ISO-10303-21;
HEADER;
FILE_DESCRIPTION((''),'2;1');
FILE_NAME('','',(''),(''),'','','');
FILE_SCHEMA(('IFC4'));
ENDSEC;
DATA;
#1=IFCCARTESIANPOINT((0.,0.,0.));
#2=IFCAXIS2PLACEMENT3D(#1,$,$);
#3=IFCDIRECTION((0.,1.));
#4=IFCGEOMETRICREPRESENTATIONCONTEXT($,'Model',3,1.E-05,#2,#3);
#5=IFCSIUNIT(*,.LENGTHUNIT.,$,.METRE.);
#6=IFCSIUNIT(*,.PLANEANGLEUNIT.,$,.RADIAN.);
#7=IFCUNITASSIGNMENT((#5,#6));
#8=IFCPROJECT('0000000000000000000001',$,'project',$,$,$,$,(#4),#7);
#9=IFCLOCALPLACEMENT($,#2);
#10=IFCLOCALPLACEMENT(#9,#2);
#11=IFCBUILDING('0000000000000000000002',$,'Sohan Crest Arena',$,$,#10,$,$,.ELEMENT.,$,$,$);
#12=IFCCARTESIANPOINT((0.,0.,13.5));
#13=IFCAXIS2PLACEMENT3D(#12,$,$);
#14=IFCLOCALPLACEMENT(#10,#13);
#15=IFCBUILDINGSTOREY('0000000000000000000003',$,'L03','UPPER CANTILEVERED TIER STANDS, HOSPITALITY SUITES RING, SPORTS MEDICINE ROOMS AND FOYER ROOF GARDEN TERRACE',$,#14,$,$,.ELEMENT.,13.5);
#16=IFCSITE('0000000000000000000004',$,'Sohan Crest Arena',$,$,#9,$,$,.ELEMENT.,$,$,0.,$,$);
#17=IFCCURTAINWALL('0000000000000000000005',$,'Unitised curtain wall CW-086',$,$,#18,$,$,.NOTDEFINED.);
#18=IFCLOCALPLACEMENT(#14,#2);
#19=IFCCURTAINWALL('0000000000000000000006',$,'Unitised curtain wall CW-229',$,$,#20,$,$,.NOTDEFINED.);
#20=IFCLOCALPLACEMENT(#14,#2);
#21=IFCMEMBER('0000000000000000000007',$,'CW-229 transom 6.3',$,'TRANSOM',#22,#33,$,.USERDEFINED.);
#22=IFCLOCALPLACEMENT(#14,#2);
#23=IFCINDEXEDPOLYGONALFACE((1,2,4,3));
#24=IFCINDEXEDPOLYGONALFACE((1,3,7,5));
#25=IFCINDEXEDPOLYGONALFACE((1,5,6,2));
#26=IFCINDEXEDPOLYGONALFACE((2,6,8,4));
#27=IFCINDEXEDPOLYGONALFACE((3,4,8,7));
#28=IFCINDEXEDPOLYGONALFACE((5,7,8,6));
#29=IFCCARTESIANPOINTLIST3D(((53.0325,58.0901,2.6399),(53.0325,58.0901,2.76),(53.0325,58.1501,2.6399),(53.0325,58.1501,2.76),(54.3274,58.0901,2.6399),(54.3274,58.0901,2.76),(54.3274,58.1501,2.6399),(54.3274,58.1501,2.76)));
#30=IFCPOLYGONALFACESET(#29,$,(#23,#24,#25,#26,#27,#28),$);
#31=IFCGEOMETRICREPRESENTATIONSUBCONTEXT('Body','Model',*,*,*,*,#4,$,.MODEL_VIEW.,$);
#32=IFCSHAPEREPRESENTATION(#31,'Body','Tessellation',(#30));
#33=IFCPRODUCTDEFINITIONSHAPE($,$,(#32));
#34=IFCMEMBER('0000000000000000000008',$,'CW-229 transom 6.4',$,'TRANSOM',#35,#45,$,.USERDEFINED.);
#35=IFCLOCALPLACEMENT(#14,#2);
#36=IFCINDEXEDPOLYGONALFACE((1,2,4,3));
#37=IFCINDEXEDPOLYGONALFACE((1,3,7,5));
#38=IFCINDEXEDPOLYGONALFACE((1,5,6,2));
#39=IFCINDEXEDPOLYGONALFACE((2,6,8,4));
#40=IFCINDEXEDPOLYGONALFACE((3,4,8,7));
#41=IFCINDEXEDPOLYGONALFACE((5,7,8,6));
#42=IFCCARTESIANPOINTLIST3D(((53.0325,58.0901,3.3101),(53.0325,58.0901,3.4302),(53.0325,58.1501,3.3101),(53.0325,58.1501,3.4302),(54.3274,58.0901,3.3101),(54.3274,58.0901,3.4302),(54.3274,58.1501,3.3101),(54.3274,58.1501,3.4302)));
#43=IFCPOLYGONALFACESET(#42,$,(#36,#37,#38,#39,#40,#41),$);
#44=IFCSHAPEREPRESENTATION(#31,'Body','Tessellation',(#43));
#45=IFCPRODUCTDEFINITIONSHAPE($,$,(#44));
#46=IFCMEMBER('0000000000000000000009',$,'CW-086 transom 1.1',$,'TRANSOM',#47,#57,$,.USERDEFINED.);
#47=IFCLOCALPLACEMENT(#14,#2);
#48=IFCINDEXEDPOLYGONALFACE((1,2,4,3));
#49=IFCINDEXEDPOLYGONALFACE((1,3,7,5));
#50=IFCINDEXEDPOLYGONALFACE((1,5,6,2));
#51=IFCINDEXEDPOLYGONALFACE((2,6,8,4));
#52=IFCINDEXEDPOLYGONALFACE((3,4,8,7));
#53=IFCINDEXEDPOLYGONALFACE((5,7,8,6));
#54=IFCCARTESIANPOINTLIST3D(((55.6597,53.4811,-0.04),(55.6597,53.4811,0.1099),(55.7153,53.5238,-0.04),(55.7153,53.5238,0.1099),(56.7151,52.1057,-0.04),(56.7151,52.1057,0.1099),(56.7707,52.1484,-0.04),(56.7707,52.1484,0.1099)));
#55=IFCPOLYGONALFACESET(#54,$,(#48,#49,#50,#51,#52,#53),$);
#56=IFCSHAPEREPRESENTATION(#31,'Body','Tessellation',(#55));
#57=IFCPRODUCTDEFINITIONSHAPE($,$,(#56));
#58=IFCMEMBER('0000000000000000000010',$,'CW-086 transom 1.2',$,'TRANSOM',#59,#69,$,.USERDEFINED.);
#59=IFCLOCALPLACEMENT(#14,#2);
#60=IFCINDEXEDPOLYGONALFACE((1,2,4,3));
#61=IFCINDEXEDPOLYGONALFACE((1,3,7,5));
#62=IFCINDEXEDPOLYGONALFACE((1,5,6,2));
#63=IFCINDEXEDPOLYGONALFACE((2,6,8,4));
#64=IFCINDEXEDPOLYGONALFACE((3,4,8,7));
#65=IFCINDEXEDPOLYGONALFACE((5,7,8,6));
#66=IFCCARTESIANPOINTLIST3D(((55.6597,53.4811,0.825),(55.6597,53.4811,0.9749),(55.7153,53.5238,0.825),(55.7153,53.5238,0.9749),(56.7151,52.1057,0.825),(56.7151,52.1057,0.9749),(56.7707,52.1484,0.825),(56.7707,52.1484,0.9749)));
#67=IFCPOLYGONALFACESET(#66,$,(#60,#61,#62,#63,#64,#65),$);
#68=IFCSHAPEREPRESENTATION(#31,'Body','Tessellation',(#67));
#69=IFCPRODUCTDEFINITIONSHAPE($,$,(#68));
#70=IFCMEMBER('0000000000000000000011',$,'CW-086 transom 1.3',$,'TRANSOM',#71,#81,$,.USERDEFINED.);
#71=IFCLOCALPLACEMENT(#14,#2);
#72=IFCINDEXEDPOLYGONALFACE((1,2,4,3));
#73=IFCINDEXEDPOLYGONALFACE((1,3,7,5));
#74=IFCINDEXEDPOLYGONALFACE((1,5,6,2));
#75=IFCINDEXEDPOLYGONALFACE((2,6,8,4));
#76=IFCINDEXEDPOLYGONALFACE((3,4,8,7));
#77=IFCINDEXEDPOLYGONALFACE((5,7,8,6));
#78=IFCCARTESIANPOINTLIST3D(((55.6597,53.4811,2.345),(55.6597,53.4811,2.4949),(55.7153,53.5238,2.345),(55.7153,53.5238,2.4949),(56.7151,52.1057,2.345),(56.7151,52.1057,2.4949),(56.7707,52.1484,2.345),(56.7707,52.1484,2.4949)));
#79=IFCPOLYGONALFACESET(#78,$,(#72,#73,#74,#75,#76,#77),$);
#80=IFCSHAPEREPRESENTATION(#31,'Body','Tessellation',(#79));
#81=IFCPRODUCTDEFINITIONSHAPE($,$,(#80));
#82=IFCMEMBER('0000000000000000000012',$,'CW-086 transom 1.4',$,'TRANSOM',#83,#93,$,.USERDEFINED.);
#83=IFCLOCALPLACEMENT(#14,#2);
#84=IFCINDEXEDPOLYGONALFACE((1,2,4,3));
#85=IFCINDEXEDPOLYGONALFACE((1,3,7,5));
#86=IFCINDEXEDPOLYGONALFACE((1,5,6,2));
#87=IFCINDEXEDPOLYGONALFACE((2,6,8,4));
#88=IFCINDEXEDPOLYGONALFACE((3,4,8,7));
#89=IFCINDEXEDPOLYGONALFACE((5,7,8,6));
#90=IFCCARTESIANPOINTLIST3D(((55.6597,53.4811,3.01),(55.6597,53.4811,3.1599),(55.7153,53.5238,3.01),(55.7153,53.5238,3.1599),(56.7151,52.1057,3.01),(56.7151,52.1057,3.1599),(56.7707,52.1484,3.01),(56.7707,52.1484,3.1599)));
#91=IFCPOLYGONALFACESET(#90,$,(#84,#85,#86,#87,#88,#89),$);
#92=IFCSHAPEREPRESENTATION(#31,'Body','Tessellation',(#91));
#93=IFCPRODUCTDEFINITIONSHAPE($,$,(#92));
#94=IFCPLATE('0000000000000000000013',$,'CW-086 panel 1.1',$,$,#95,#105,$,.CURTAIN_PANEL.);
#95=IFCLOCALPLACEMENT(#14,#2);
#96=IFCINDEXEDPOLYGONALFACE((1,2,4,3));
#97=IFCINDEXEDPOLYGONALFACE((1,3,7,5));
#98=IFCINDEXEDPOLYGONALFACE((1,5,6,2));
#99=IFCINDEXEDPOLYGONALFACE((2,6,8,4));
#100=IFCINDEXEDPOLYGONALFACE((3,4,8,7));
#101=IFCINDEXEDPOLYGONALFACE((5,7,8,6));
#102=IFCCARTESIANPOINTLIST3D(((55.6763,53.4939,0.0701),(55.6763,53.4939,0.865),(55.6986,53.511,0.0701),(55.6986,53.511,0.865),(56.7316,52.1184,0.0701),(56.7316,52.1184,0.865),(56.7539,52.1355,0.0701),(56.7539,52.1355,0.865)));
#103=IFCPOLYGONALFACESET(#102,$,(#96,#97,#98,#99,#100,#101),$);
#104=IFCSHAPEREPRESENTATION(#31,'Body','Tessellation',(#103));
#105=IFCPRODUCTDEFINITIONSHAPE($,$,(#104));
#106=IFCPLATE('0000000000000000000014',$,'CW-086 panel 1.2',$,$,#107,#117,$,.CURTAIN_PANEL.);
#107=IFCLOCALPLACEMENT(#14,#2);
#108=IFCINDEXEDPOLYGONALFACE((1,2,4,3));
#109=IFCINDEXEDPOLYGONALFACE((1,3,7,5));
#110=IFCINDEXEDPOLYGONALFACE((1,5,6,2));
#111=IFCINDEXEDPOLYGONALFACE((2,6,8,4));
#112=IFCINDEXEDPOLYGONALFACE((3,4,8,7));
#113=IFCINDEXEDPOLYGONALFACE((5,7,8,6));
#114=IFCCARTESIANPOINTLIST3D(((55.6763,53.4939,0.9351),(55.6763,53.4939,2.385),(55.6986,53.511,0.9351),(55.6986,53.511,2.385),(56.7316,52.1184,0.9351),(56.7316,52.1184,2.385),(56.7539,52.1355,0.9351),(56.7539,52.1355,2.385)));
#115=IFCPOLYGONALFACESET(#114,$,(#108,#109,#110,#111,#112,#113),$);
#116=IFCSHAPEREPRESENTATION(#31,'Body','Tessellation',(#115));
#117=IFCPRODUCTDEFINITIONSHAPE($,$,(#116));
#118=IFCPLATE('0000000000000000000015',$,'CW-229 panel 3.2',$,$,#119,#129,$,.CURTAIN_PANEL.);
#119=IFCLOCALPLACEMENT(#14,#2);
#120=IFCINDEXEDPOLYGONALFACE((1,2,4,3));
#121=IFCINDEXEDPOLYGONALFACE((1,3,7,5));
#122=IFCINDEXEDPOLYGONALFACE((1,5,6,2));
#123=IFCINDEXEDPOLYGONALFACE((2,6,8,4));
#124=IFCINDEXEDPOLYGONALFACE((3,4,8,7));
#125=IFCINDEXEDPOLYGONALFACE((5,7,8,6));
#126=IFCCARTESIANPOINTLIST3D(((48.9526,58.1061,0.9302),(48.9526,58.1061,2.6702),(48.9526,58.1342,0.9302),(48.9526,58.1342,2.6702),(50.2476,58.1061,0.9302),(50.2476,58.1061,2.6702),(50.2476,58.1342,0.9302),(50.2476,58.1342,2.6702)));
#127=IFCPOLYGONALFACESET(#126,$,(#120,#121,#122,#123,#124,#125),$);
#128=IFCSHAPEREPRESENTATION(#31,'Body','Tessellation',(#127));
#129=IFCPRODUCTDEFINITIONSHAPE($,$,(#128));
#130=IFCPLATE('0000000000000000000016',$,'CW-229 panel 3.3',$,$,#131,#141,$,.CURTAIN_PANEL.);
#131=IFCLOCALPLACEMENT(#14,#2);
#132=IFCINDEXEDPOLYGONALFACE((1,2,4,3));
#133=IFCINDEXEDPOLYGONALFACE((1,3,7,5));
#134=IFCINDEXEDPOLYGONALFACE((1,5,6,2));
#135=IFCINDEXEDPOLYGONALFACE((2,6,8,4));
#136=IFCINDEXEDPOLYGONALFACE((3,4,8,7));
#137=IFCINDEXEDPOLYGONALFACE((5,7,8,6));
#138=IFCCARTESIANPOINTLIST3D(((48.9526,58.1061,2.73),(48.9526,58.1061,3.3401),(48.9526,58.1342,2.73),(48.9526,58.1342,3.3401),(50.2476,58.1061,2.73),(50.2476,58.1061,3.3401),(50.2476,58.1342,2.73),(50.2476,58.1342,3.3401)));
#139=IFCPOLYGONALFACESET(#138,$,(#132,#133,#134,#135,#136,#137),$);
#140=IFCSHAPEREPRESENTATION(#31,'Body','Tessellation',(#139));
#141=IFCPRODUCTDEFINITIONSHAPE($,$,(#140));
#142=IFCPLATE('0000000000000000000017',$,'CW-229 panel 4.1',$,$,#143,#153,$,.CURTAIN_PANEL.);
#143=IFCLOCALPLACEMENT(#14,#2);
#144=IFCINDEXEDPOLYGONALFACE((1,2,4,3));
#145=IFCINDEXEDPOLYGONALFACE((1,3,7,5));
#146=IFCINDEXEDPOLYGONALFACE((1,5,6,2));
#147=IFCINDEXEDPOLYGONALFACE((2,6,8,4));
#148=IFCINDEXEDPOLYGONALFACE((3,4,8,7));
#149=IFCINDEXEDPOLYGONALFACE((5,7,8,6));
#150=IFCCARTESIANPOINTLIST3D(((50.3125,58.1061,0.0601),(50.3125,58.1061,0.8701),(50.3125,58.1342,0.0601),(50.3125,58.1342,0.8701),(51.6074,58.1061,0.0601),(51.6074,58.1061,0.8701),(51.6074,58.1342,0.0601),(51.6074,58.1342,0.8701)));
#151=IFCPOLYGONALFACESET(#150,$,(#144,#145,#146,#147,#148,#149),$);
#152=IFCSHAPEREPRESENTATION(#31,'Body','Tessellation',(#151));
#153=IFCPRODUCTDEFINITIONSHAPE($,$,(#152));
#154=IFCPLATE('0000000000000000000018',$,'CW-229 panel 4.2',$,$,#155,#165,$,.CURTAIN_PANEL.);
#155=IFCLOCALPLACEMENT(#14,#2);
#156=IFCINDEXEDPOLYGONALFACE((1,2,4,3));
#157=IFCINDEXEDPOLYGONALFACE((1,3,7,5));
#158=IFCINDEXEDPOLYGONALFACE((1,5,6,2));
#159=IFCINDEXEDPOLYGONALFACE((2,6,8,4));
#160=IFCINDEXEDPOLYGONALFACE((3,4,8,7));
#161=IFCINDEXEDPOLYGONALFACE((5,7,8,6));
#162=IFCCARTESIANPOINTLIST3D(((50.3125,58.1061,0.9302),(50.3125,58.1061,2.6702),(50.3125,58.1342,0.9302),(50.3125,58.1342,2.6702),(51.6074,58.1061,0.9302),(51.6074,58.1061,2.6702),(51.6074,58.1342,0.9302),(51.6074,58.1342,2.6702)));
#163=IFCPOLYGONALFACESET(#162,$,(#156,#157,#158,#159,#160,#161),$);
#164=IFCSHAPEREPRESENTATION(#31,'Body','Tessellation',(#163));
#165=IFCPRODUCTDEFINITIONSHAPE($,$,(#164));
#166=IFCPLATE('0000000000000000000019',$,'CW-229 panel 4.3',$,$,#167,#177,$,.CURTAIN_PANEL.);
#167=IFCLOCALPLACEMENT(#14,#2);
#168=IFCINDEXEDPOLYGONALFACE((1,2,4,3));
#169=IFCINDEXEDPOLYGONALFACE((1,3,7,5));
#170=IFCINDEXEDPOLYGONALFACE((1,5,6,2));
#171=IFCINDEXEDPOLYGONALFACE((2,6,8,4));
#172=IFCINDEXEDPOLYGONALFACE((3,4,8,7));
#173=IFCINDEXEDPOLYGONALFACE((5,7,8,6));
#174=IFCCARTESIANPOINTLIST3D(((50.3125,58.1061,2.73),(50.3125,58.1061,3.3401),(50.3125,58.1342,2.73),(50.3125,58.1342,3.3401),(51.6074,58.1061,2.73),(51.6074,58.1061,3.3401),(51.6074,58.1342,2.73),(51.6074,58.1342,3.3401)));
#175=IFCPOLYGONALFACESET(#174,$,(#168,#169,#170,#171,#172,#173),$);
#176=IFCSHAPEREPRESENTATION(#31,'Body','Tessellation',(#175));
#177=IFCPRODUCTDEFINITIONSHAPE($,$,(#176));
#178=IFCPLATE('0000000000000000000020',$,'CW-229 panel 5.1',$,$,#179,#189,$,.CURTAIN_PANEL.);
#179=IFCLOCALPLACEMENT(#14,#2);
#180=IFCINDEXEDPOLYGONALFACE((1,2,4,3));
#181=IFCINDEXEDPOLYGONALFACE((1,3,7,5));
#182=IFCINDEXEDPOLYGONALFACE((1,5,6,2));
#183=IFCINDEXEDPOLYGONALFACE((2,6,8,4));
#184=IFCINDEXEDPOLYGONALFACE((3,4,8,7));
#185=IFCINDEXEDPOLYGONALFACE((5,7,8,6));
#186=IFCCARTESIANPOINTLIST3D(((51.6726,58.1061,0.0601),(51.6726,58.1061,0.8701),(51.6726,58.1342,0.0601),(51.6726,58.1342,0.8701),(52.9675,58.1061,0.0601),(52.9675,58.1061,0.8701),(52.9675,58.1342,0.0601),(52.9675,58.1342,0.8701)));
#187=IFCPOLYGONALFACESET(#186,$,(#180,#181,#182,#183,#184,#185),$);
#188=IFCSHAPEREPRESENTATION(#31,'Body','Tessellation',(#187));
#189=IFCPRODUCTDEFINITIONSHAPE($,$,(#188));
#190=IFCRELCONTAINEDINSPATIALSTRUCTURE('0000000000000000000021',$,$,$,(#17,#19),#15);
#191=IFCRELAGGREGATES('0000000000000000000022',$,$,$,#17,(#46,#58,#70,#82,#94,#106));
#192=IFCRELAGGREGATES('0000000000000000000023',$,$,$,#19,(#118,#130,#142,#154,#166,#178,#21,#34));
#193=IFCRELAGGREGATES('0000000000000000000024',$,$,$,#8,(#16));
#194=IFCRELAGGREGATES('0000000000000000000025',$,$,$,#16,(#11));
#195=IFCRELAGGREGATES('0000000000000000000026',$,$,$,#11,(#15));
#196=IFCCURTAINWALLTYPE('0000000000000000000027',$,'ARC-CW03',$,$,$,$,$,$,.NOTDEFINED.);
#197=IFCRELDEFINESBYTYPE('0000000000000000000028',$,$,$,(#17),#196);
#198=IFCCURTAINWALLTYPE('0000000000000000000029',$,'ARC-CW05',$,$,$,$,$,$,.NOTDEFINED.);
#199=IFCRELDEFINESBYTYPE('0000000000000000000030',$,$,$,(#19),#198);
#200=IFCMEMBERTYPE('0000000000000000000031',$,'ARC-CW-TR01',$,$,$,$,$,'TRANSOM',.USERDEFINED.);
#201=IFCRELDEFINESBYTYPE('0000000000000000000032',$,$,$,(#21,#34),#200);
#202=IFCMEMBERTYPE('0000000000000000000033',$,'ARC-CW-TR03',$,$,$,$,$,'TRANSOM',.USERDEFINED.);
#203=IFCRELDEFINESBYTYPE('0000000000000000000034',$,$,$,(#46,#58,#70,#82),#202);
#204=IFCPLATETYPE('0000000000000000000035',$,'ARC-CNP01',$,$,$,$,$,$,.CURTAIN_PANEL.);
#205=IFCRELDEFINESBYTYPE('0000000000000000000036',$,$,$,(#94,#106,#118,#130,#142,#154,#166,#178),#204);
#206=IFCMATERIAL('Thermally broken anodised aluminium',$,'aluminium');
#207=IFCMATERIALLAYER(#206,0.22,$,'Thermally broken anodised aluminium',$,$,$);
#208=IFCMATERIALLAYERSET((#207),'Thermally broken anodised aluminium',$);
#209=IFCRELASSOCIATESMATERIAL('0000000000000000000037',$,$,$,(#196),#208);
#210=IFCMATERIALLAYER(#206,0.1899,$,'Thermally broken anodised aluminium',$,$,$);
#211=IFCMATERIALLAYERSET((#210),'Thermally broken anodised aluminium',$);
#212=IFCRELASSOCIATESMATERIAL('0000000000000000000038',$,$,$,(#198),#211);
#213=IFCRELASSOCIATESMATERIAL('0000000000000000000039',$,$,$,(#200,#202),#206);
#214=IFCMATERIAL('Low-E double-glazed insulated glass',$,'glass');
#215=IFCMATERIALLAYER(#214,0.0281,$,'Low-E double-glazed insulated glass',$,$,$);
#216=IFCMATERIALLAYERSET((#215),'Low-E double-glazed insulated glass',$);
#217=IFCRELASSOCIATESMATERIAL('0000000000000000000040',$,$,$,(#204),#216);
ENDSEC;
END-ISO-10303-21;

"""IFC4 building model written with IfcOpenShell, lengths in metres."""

from ifc_helpers import new_model, si_unit, direction, frame, origin, origin_2d, place, context, subcontext, project, spatial, rectangle, extrude, material, layer, layer_set, material_profile, profile_set, type_object, element, aggregate, save


model = new_model("IFC4")

# Units and contexts
model_context = context("Model", 3, precision=1e-05, world=origin(), true_north=direction((0.0, 1.0)))
body_context = subcontext(model_context, "Body", "Model", "MODEL_VIEW")
ifc_project = project(units=[si_unit("LENGTHUNIT", "METRE"), si_unit("PLANEANGLEUNIT", "RADIAN")], contexts=[model_context])

# Site, building, storey
site_placement = place(None, origin())
site = spatial("IfcSite", under=ifc_project, at=site_placement, Name="Sohan Crest Arena", CompositionType="ELEMENT", RefElevation=0.0)
building_placement = place(site_placement, origin())
building = spatial("IfcBuilding", under=site, at=building_placement, Name="Sohan Crest Arena", CompositionType="ELEMENT")
storey_placement = place(building_placement, frame((0.0, 0.0, 13.5)))
storey = spatial("IfcBuildingStorey", under=building, at=storey_placement, Name="L03", Description="UPPER CANTILEVERED TIER STANDS, HOSPITALITY SUITES RING, SPORTS MEDICINE ROOMS AND FOYER ROOF GARDEN TERRACE", CompositionType="ELEMENT", Elevation=13.5)

# Curtain wall
ifc_material_1 = material(Name="Thermally broken anodised aluminium", Category="aluminium")
ifc_layer_1 = layer(ifc_material_1, 0.22, Name="Thermally broken anodised aluminium")
ifc_layer_set_1 = layer_set([ifc_layer_1], Name="Thermally broken anodised aluminium")
curtain_wall_type_1 = type_object("IfcCurtainWallType", Name="ARC-CW03", PredefinedType="NOTDEFINED", material=ifc_layer_set_1)
curtain_wall_1_placement = place(storey_placement, origin())
curtain_wall_1 = element("IfcCurtainWall", 1, at=curtain_wall_1_placement, inside=storey, type_object=curtain_wall_type_1, Name="Unitised curtain wall CW-086", PredefinedType="NOTDEFINED")

# Curtain wall, members
ifc_layer_2 = layer(ifc_material_1, 0.1899, Name="Thermally broken anodised aluminium")
ifc_layer_set_2 = layer_set([ifc_layer_2], Name="Thermally broken anodised aluminium")
curtain_wall_type_2 = type_object("IfcCurtainWallType", Name="ARC-CW05", PredefinedType="NOTDEFINED", material=ifc_layer_set_2)
curtain_wall_2_placement = place(storey_placement, origin())
curtain_wall_2 = element("IfcCurtainWall", 2, at=curtain_wall_2_placement, inside=storey, type_object=curtain_wall_type_2, Name="Unitised curtain wall CW-229", PredefinedType="NOTDEFINED")
ifc_material_profile_1 = material_profile(ifc_material_1, rectangle(XDim=0.0601, YDim=0.1201, at=origin_2d()), Name="ALU-TRAN 60x120")
ifc_profile_set_1 = profile_set([ifc_material_profile_1], Name="Thermally broken anodised aluminium")
member_type_1 = type_object("IfcMemberType", Name="ARC-CW-TR01", ElementType="TRANSOM", PredefinedType="USERDEFINED", material=ifc_profile_set_1)
member_1_placement = place(storey_placement, frame((53.0325, 58.1201, 2.7), z_axis=(1.0, 0.0, 0.0), x_axis=(0.0, 1.0, 0.0)))
member_1 = element("IfcMember", 3, at=member_1_placement, type_object=member_type_1, Name="CW-229 transom 6.3", ObjectType="TRANSOM", PredefinedType="USERDEFINED", context=body_context, shape_type="SweptSolid", body=[
    extrude(rectangle(XDim=0.0601, YDim=0.1201, at=origin_2d()), origin(), (0.0, 0.0, 1.0), 1.2949),
])
member_2_placement = place(storey_placement, frame((53.0325, 58.1201, 3.3701), z_axis=(1.0, 0.0, 0.0), x_axis=(0.0, 1.0, 0.0)))
member_2 = element("IfcMember", 4, at=member_2_placement, type_object=member_type_1, Name="CW-229 transom 6.4", ObjectType="TRANSOM", PredefinedType="USERDEFINED", context=body_context, shape_type="SweptSolid", body=[
    extrude(rectangle(XDim=0.0601, YDim=0.1201, at=origin_2d()), origin(), (0.0, 0.0, 1.0), 1.2949),
])

# Members
ifc_material_profile_2 = material_profile(ifc_material_1, rectangle(XDim=0.0701, YDim=0.1499, at=origin_2d()), Name="ALU-TRAN 70x150")
ifc_profile_set_2 = profile_set([ifc_material_profile_2], Name="Thermally broken anodised aluminium")
member_type_2 = type_object("IfcMemberType", Name="ARC-CW-TR03", ElementType="TRANSOM", PredefinedType="USERDEFINED", material=ifc_profile_set_2)
member_3_placement = place(storey_placement, frame((55.6875, 53.5024, 0.0349), z_axis=(0.608751, -0.793362, 0.0), x_axis=(0.793362, 0.608751, 0.0)))
member_3 = element("IfcMember", 5, at=member_3_placement, type_object=member_type_2, Name="CW-086 transom 1.1", ObjectType="TRANSOM", PredefinedType="USERDEFINED", context=body_context, shape_type="SweptSolid", body=[
    extrude(rectangle(XDim=0.0701, YDim=0.1499, at=origin_2d()), origin(), (0.0, 0.0, 1.0), 1.7336),
])
member_4_placement = place(storey_placement, frame((55.6875, 53.5024, 0.8999), z_axis=(0.608751, -0.793362, 0.0), x_axis=(0.793362, 0.608751, 0.0)))
member_4 = element("IfcMember", 6, at=member_4_placement, type_object=member_type_2, Name="CW-086 transom 1.2", ObjectType="TRANSOM", PredefinedType="USERDEFINED", context=body_context, shape_type="SweptSolid", body=[
    extrude(rectangle(XDim=0.0701, YDim=0.1499, at=origin_2d()), origin(), (0.0, 0.0, 1.0), 1.7336),
])
member_5_placement = place(storey_placement, frame((55.6875, 53.5024, 2.4199), z_axis=(0.608751, -0.793362, 0.0), x_axis=(0.793362, 0.608751, 0.0)))
member_5 = element("IfcMember", 7, at=member_5_placement, type_object=member_type_2, Name="CW-086 transom 1.3", ObjectType="TRANSOM", PredefinedType="USERDEFINED", context=body_context, shape_type="SweptSolid", body=[
    extrude(rectangle(XDim=0.0701, YDim=0.1499, at=origin_2d()), origin(), (0.0, 0.0, 1.0), 1.7336),
])
member_6_placement = place(storey_placement, frame((55.6875, 53.5024, 3.085), z_axis=(0.608751, -0.793362, 0.0), x_axis=(0.793362, 0.608751, 0.0)))
member_6 = element("IfcMember", 8, at=member_6_placement, type_object=member_type_2, Name="CW-086 transom 1.4", ObjectType="TRANSOM", PredefinedType="USERDEFINED", context=body_context, shape_type="SweptSolid", body=[
    extrude(rectangle(XDim=0.0701, YDim=0.1499, at=origin_2d()), origin(), (0.0, 0.0, 1.0), 1.7336),
])

# Plates
ifc_material_2 = material(Name="Low-E double-glazed insulated glass", Category="glass")
ifc_layer_3 = layer(ifc_material_2, 0.0281, Name="Low-E double-glazed insulated glass")
ifc_layer_set_3 = layer_set([ifc_layer_3], Name="Low-E double-glazed insulated glass")
plate_type = type_object("IfcPlateType", Name="ARC-CNP01", PredefinedType="CURTAIN_PANEL", material=ifc_layer_set_3)
plate_1_placement = place(storey_placement, frame((56.2151, 52.8147, 0.0701), z_axis=(0.0, 0.0, 1.0), x_axis=(0.608737, -0.793372, 0.0)))
plate_1 = element("IfcPlate", 9, at=plate_1_placement, type_object=plate_type, Name="CW-086 panel 1.1", PredefinedType="CURTAIN_PANEL", context=body_context, shape_type="SweptSolid", body=[
    extrude(rectangle(XDim=1.7336, YDim=0.0281, at=origin_2d()), origin(), (0.0, 0.0, 1.0), 0.7949),
])
plate_2_placement = place(storey_placement, frame((56.2151, 52.8147, 0.9351), z_axis=(0.0, 0.0, 1.0), x_axis=(0.608737, -0.793372, 0.0)))
plate_2 = element("IfcPlate", 10, at=plate_2_placement, type_object=plate_type, Name="CW-086 panel 1.2", PredefinedType="CURTAIN_PANEL", context=body_context, shape_type="SweptSolid", body=[
    extrude(rectangle(XDim=1.7336, YDim=0.0281, at=origin_2d()), origin(), (0.0, 0.0, 1.0), 1.45),
])
aggregate(curtain_wall_1, [member_3, member_4, member_5, member_6, plate_1, plate_2])
plate_3_placement = place(storey_placement, frame((49.6001, 58.1201, 0.9302), z_axis=(0.0, 0.0, 1.0), x_axis=(1.0, 0.0, 0.0)))
plate_3 = element("IfcPlate", 11, at=plate_3_placement, type_object=plate_type, Name="CW-229 panel 3.2", PredefinedType="CURTAIN_PANEL", context=body_context, shape_type="SweptSolid", body=[
    extrude(rectangle(XDim=1.2949, YDim=0.0281, at=origin_2d()), origin(), (0.0, 0.0, 1.0), 1.74),
])
plate_4_placement = place(storey_placement, frame((49.6001, 58.1201, 2.73), z_axis=(0.0, 0.0, 1.0), x_axis=(1.0, 0.0, 0.0)))
plate_4 = element("IfcPlate", 12, at=plate_4_placement, type_object=plate_type, Name="CW-229 panel 3.3", PredefinedType="CURTAIN_PANEL", context=body_context, shape_type="SweptSolid", body=[
    extrude(rectangle(XDim=1.2949, YDim=0.0281, at=origin_2d()), origin(), (0.0, 0.0, 1.0), 0.6101),
])
plate_5_placement = place(storey_placement, frame((50.96, 58.1201, 0.0601), z_axis=(0.0, 0.0, 1.0), x_axis=(1.0, 0.0, 0.0)))
plate_5 = element("IfcPlate", 13, at=plate_5_placement, type_object=plate_type, Name="CW-229 panel 4.1", PredefinedType="CURTAIN_PANEL", context=body_context, shape_type="SweptSolid", body=[
    extrude(rectangle(XDim=1.2949, YDim=0.0281, at=origin_2d()), origin(), (0.0, 0.0, 1.0), 0.8101),
])
plate_6_placement = place(storey_placement, frame((50.96, 58.1201, 0.9302), z_axis=(0.0, 0.0, 1.0), x_axis=(1.0, 0.0, 0.0)))
plate_6 = element("IfcPlate", 14, at=plate_6_placement, type_object=plate_type, Name="CW-229 panel 4.2", PredefinedType="CURTAIN_PANEL", context=body_context, shape_type="SweptSolid", body=[
    extrude(rectangle(XDim=1.2949, YDim=0.0281, at=origin_2d()), origin(), (0.0, 0.0, 1.0), 1.74),
])
plate_7_placement = place(storey_placement, frame((50.96, 58.1201, 2.73), z_axis=(0.0, 0.0, 1.0), x_axis=(1.0, 0.0, 0.0)))
plate_7 = element("IfcPlate", 15, at=plate_7_placement, type_object=plate_type, Name="CW-229 panel 4.3", PredefinedType="CURTAIN_PANEL", context=body_context, shape_type="SweptSolid", body=[
    extrude(rectangle(XDim=1.2949, YDim=0.0281, at=origin_2d()), origin(), (0.0, 0.0, 1.0), 0.6101),
])
plate_8_placement = place(storey_placement, frame((52.3201, 58.1201, 0.0601), z_axis=(0.0, 0.0, 1.0), x_axis=(1.0, 0.0, 0.0)))
plate_8 = element("IfcPlate", 16, at=plate_8_placement, type_object=plate_type, Name="CW-229 panel 5.1", PredefinedType="CURTAIN_PANEL", context=body_context, shape_type="SweptSolid", body=[
    extrude(rectangle(XDim=1.2949, YDim=0.0281, at=origin_2d()), origin(), (0.0, 0.0, 1.0), 0.8101),
])
aggregate(curtain_wall_2, [plate_3, plate_4, plate_5, plate_6, plate_7, plate_8, member_1, member_2])

save(model, "model.ifc")
